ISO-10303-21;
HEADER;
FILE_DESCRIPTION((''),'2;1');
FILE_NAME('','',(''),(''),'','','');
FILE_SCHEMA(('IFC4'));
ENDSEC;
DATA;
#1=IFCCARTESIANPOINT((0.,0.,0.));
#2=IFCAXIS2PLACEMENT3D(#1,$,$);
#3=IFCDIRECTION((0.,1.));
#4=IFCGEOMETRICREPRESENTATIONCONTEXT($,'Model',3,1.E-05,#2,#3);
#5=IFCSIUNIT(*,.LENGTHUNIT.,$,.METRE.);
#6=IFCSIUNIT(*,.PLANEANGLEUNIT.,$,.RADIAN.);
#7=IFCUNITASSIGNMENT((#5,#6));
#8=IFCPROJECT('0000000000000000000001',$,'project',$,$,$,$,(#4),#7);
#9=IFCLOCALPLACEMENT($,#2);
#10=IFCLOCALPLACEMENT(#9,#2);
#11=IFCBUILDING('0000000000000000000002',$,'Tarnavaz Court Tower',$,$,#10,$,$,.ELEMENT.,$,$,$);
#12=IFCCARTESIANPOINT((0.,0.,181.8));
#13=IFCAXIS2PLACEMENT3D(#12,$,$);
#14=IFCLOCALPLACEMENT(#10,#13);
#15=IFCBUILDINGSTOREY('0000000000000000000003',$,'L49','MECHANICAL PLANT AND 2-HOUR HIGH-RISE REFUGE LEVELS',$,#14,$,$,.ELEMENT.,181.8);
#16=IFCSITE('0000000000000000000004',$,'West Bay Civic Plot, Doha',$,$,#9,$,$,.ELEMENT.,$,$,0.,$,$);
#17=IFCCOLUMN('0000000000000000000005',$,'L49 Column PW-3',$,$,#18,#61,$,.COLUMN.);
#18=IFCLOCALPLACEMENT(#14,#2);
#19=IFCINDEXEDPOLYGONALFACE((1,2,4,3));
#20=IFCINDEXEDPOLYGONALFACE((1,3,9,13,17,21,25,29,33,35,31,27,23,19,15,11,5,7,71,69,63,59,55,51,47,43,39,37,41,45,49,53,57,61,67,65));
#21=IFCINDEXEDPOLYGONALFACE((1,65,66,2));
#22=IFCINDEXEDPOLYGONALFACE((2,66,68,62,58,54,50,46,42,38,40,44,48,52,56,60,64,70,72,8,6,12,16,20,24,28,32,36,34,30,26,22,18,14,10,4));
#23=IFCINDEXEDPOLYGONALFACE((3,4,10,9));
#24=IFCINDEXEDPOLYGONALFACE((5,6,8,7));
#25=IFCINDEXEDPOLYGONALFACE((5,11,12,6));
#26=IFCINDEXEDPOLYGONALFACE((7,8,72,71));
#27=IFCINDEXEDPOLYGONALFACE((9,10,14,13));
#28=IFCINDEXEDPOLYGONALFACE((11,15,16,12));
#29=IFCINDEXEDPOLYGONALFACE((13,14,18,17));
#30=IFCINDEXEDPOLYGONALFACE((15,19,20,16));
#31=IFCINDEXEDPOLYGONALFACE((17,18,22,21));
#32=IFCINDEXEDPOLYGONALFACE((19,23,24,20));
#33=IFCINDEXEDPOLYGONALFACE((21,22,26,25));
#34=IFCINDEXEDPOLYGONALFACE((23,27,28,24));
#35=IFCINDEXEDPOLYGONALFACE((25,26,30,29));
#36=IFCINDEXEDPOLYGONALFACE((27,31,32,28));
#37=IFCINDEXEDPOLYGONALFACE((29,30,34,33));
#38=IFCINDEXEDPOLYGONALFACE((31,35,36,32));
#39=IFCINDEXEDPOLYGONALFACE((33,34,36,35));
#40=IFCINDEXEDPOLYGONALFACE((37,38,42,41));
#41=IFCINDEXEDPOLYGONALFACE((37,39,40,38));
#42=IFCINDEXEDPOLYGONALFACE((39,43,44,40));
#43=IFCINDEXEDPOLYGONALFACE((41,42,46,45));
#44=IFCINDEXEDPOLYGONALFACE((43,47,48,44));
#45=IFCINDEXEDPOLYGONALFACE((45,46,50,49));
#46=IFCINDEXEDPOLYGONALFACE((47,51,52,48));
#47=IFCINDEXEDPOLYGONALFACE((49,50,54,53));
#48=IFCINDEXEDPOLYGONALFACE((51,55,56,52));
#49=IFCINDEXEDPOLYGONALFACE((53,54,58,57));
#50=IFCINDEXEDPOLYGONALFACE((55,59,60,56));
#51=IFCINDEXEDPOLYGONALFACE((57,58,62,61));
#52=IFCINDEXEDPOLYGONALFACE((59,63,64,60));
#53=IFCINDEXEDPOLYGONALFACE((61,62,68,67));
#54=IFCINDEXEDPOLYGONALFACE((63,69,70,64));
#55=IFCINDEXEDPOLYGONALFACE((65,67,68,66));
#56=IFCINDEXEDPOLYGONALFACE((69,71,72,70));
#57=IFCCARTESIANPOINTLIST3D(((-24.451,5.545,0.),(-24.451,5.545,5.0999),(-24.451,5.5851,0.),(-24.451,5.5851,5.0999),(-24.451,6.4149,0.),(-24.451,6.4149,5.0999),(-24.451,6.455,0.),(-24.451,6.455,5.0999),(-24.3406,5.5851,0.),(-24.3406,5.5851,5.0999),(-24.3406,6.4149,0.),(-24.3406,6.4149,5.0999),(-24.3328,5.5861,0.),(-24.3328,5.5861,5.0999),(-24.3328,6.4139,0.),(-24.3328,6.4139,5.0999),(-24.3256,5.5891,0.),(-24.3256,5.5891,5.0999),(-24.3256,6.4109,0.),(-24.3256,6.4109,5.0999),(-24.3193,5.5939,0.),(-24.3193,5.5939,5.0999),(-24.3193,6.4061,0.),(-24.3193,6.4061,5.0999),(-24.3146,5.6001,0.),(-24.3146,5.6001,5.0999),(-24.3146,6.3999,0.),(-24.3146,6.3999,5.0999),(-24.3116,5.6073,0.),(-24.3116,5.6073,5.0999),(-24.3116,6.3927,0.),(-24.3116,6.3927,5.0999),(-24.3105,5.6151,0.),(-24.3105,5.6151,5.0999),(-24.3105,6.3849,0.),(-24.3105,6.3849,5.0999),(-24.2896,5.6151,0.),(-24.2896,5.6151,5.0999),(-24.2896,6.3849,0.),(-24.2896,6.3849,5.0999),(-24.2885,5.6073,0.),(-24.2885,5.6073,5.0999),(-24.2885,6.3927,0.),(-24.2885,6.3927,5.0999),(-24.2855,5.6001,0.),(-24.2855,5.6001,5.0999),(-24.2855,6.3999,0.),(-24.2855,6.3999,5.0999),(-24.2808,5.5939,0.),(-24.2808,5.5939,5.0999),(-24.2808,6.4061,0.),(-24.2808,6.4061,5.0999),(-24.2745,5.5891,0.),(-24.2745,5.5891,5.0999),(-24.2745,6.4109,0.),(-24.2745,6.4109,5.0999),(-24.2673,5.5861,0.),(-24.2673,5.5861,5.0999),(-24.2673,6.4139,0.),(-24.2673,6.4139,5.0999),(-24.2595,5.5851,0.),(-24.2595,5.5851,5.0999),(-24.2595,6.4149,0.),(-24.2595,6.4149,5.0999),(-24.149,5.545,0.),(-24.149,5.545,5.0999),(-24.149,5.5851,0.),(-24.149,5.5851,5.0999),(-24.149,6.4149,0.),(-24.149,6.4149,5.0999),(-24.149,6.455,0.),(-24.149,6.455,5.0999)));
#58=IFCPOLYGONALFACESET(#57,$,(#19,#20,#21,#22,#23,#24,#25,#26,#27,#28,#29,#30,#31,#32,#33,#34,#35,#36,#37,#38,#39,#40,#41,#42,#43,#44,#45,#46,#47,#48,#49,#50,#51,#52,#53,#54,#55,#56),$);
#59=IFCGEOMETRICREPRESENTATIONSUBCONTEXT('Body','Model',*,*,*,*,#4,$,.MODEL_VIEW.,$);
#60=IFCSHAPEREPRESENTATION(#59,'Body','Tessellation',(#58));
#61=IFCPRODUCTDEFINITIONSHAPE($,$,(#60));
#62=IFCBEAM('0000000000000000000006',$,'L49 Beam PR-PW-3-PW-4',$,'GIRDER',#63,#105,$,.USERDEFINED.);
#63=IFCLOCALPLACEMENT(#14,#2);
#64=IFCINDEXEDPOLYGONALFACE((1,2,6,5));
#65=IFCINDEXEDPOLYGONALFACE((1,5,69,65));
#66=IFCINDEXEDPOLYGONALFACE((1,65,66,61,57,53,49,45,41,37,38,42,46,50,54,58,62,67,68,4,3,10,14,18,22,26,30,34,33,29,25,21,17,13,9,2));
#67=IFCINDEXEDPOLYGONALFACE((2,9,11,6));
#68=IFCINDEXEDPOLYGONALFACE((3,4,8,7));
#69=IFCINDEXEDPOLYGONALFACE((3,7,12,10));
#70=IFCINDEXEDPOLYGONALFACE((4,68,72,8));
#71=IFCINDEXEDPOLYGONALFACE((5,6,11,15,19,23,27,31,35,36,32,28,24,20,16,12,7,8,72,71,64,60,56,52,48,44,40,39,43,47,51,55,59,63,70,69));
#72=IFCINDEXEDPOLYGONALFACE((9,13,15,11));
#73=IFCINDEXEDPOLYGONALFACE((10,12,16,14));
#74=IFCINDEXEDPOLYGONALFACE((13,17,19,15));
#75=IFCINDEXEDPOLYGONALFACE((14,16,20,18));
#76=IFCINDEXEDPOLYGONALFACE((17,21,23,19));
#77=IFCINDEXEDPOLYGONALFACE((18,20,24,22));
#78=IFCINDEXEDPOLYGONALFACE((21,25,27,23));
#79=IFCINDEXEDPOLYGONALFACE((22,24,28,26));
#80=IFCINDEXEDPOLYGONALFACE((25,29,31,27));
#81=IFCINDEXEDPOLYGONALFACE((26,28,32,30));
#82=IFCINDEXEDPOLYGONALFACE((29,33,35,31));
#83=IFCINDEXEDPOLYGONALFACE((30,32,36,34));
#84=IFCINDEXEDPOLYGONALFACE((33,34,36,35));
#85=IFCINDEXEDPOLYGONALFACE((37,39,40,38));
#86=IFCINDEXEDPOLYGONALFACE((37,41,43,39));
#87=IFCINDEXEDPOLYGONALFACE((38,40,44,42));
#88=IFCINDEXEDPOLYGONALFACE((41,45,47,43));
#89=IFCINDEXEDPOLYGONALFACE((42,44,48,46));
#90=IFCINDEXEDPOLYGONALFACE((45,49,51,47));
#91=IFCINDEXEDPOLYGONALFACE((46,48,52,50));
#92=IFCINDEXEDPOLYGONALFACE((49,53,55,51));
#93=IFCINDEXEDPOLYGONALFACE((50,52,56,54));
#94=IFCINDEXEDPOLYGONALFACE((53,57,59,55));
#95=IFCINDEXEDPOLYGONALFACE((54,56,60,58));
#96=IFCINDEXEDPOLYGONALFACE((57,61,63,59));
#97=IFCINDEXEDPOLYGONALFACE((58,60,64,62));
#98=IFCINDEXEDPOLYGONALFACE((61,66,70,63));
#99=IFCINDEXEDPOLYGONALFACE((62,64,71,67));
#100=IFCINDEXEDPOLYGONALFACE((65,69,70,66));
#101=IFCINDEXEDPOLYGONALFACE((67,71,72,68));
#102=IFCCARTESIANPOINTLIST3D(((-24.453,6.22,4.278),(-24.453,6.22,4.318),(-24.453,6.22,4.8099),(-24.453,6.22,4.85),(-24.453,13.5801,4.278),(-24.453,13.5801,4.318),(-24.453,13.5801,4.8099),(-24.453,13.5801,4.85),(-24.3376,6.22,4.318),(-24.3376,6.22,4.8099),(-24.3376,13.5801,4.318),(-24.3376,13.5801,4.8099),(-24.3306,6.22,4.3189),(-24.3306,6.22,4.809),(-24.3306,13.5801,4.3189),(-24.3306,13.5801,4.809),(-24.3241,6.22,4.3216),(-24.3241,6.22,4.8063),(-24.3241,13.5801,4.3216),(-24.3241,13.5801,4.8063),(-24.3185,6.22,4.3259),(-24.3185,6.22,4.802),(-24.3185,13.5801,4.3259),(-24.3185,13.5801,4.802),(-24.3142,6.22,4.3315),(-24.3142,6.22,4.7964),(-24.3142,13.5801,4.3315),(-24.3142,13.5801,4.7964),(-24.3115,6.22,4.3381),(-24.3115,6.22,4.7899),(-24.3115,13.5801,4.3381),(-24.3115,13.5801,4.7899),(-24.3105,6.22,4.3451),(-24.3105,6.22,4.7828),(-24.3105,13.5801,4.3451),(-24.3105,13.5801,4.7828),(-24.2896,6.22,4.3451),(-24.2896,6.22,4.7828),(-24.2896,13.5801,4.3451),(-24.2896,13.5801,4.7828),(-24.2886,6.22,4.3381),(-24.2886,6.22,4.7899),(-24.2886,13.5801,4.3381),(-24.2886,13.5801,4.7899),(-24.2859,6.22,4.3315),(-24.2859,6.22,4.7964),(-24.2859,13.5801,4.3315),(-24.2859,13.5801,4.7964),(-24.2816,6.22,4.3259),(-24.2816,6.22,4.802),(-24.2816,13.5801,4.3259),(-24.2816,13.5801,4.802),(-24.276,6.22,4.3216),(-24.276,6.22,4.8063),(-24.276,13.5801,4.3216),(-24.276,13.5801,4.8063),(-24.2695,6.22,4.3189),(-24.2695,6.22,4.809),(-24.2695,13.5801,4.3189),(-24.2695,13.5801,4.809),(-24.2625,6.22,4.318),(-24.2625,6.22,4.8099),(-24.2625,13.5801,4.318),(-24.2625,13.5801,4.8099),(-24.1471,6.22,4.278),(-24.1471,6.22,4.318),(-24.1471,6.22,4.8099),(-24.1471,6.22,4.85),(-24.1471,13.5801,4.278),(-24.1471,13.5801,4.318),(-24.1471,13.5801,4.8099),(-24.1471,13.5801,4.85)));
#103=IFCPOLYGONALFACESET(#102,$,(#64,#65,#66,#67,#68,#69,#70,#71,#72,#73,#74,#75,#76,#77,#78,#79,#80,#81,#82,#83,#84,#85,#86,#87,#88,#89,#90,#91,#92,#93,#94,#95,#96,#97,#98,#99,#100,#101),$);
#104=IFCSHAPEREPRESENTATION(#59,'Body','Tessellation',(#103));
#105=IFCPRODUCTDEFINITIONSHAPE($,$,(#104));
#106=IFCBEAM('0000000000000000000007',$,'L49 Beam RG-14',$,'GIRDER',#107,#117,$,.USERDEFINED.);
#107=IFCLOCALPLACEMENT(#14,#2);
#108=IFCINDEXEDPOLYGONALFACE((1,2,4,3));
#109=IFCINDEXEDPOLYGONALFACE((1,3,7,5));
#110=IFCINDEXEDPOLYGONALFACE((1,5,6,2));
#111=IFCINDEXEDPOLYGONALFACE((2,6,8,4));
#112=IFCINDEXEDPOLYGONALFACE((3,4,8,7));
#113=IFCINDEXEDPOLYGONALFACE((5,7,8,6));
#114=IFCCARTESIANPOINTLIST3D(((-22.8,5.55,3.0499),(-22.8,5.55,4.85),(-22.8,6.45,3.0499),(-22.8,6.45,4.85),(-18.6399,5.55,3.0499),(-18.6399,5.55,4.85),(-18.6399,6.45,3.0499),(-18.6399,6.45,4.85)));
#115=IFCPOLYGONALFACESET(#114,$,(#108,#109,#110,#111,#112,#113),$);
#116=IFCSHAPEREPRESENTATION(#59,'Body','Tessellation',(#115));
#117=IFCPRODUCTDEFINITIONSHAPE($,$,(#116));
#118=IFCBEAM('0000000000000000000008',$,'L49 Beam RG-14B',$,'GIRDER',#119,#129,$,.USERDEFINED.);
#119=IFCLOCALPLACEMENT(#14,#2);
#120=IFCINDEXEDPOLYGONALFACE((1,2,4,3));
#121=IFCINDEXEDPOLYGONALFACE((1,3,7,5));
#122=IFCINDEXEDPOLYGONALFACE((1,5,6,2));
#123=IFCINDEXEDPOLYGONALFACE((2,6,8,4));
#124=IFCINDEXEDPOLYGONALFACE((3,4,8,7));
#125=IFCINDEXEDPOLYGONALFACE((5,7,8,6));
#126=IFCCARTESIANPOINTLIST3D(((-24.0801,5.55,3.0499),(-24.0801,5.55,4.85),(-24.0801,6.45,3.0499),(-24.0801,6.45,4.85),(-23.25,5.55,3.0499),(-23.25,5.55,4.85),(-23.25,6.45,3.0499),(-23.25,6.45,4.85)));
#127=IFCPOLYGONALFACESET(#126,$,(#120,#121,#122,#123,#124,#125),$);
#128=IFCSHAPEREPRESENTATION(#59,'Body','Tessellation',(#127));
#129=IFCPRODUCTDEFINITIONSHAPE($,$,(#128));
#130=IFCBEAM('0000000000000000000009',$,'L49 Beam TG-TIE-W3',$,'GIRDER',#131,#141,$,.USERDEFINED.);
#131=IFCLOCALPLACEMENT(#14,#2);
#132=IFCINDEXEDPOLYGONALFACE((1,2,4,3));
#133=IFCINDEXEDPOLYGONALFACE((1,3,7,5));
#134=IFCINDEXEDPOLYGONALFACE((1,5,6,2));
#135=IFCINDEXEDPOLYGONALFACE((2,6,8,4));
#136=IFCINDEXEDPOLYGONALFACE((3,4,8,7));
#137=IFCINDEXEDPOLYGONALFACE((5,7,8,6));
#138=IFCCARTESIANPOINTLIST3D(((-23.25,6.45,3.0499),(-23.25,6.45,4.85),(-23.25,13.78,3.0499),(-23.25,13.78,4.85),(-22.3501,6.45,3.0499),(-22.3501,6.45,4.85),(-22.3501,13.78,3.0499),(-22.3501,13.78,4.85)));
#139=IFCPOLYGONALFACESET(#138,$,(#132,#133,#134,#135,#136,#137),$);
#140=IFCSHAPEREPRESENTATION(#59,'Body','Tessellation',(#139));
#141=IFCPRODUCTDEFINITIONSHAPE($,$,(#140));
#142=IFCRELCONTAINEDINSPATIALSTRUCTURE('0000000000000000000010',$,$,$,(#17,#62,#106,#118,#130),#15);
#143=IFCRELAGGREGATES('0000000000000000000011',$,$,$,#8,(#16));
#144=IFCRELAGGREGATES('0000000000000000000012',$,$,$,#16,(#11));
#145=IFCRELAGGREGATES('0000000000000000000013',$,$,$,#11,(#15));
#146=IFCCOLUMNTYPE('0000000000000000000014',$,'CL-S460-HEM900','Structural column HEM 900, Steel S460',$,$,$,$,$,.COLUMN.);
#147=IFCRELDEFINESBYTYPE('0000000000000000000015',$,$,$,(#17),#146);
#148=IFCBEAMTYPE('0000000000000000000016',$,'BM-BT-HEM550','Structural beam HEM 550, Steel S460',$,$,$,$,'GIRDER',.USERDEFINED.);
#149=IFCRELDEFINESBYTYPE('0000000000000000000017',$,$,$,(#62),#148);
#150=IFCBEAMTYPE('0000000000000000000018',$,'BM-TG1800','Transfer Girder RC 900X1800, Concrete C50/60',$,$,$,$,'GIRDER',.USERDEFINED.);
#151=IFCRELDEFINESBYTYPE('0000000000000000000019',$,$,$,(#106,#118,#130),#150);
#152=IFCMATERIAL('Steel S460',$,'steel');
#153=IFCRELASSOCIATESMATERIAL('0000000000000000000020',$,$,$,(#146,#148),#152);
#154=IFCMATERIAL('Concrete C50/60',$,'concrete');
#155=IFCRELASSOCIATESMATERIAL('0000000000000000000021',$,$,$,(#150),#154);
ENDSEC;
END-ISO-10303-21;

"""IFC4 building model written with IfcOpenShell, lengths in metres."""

from ifc_helpers import new_model, si_unit, direction, frame, origin, origin_2d, place, context, subcontext, project, spatial, rectangle, i_section, extrude, material, material_profile, profile_set, type_object, element, save


model = new_model("IFC4")

# Units and contexts
model_context = context("Model", 3, precision=1e-05, world=origin(), true_north=direction((0.0, 1.0)))
body_context = subcontext(model_context, "Body", "Model", "MODEL_VIEW")
ifc_project = project(units=[si_unit("LENGTHUNIT", "METRE"), si_unit("PLANEANGLEUNIT", "RADIAN")], contexts=[model_context])

# Site, building, storey
site_placement = place(None, origin())
site = spatial("IfcSite", under=ifc_project, at=site_placement, Name="West Bay Civic Plot, Doha", CompositionType="ELEMENT", RefElevation=0.0)
building_placement = place(site_placement, origin())
building = spatial("IfcBuilding", under=site, at=building_placement, Name="Tarnavaz Court Tower", CompositionType="ELEMENT")
storey_placement = place(building_placement, frame((0.0, 0.0, 181.8)))
storey = spatial("IfcBuildingStorey", under=building, at=storey_placement, Name="L49", Description="MECHANICAL PLANT AND 2-HOUR HIGH-RISE REFUGE LEVELS", CompositionType="ELEMENT", Elevation=181.8)

# Column
ifc_material_1 = material(Name="Steel S460", Category="steel")
ifc_material_profile_1 = material_profile(ifc_material_1, i_section(OverallWidth=0.302, OverallDepth=0.9099, WebThickness=0.021, FlangeThickness=0.04, FilletRadius=0.03, at=origin_2d()), Name="HEM 900")
ifc_profile_set_1 = profile_set([ifc_material_profile_1], Name="Steel S460")
column_type = type_object("IfcColumnType", Name="CL-S460-HEM900", Description="Structural column HEM 900, Steel S460", PredefinedType="COLUMN", material=ifc_profile_set_1)
column_placement = place(storey_placement, frame((-24.3, 6.0, 0.0), z_axis=(0.0, 0.0, 1.0), x_axis=(1.0, 0.0, 0.0)))
element("IfcColumn", 1, at=column_placement, inside=storey, type_object=column_type, Name="L49 Column PW-3", PredefinedType="COLUMN", context=body_context, shape_type="SweptSolid", body=[
    extrude(i_section(OverallWidth=0.302, OverallDepth=0.9099, WebThickness=0.021, FlangeThickness=0.04, FilletRadius=0.03, at=origin_2d()), origin(), (0.0, 0.0, 1.0), 5.0999),
])

# Beams
ifc_material_profile_2 = material_profile(ifc_material_1, i_section(OverallWidth=0.3059, OverallDepth=0.572, WebThickness=0.021, FlangeThickness=0.04, FilletRadius=0.0271, at=origin_2d()), Name="HEM 550")
ifc_profile_set_2 = profile_set([ifc_material_profile_2], Name="Steel S460")
beam_type_1 = type_object("IfcBeamType", Name="BM-BT-HEM550", Description="Structural beam HEM 550, Steel S460", ElementType="GIRDER", PredefinedType="USERDEFINED", material=ifc_profile_set_2)
beam_1_placement = place(storey_placement, frame((-24.3, 6.22, 4.564), z_axis=(0.0, 1.0, 0.0), x_axis=(-1.0, 0.0, 0.0)))
element("IfcBeam", 2, at=beam_1_placement, inside=storey, type_object=beam_type_1, Name="L49 Beam PR-PW-3-PW-4", ObjectType="GIRDER", PredefinedType="USERDEFINED", context=body_context, shape_type="SweptSolid", body=[
    extrude(i_section(OverallWidth=0.3059, OverallDepth=0.572, WebThickness=0.021, FlangeThickness=0.04, FilletRadius=0.0271, at=origin_2d()), origin(), (0.0, 0.0, 1.0), 7.3601),
])
ifc_material_2 = material(Name="Concrete C50/60", Category="concrete")
ifc_material_profile_3 = material_profile(ifc_material_2, rectangle(XDim=0.8999, YDim=1.8, at=origin_2d()), Name="RC 900X1800")
ifc_profile_set_3 = profile_set([ifc_material_profile_3], Name="Concrete C50/60")
beam_type_2 = type_object("IfcBeamType", Name="BM-TG1800", Description="Transfer Girder RC 900X1800, Concrete C50/60", ElementType="GIRDER", PredefinedType="USERDEFINED", material=ifc_profile_set_3)
beam_2_placement = place(storey_placement, frame((-18.6399, 6.0, 3.95), z_axis=(-1.0, 0.0, 0.0), x_axis=(0.0, -1.0, 0.0)))
element("IfcBeam", 3, at=beam_2_placement, inside=storey, type_object=beam_type_2, Name="L49 Beam RG-14", ObjectType="GIRDER", PredefinedType="USERDEFINED", context=body_context, shape_type="SweptSolid", body=[
    extrude(rectangle(XDim=0.8999, YDim=1.8, at=origin_2d()), origin(), (0.0, 0.0, 1.0), 4.1602),
])
beam_3_placement = place(storey_placement, frame((-23.25, 6.0, 3.95), z_axis=(-1.0, 0.0, 0.0), x_axis=(0.0, -1.0, 0.0)))
element("IfcBeam", 4, at=beam_3_placement, inside=storey, type_object=beam_type_2, Name="L49 Beam RG-14B", ObjectType="GIRDER", PredefinedType="USERDEFINED", context=body_context, shape_type="SweptSolid", body=[
    extrude(rectangle(XDim=0.8999, YDim=1.8, at=origin_2d()), origin(), (0.0, 0.0, 1.0), 0.8301),
])
beam_4_placement = place(storey_placement, frame((-22.8, 6.45, 3.95), z_axis=(0.0, 1.0, 0.0), x_axis=(-1.0, 0.0, 0.0)))
element("IfcBeam", 5, at=beam_4_placement, inside=storey, type_object=beam_type_2, Name="L49 Beam TG-TIE-W3", ObjectType="GIRDER", PredefinedType="USERDEFINED", context=body_context, shape_type="SweptSolid", body=[
    extrude(rectangle(XDim=0.8999, YDim=1.8, at=origin_2d()), origin(), (0.0, 0.0, 1.0), 7.3301),
])

save(model, "model.ifc")
